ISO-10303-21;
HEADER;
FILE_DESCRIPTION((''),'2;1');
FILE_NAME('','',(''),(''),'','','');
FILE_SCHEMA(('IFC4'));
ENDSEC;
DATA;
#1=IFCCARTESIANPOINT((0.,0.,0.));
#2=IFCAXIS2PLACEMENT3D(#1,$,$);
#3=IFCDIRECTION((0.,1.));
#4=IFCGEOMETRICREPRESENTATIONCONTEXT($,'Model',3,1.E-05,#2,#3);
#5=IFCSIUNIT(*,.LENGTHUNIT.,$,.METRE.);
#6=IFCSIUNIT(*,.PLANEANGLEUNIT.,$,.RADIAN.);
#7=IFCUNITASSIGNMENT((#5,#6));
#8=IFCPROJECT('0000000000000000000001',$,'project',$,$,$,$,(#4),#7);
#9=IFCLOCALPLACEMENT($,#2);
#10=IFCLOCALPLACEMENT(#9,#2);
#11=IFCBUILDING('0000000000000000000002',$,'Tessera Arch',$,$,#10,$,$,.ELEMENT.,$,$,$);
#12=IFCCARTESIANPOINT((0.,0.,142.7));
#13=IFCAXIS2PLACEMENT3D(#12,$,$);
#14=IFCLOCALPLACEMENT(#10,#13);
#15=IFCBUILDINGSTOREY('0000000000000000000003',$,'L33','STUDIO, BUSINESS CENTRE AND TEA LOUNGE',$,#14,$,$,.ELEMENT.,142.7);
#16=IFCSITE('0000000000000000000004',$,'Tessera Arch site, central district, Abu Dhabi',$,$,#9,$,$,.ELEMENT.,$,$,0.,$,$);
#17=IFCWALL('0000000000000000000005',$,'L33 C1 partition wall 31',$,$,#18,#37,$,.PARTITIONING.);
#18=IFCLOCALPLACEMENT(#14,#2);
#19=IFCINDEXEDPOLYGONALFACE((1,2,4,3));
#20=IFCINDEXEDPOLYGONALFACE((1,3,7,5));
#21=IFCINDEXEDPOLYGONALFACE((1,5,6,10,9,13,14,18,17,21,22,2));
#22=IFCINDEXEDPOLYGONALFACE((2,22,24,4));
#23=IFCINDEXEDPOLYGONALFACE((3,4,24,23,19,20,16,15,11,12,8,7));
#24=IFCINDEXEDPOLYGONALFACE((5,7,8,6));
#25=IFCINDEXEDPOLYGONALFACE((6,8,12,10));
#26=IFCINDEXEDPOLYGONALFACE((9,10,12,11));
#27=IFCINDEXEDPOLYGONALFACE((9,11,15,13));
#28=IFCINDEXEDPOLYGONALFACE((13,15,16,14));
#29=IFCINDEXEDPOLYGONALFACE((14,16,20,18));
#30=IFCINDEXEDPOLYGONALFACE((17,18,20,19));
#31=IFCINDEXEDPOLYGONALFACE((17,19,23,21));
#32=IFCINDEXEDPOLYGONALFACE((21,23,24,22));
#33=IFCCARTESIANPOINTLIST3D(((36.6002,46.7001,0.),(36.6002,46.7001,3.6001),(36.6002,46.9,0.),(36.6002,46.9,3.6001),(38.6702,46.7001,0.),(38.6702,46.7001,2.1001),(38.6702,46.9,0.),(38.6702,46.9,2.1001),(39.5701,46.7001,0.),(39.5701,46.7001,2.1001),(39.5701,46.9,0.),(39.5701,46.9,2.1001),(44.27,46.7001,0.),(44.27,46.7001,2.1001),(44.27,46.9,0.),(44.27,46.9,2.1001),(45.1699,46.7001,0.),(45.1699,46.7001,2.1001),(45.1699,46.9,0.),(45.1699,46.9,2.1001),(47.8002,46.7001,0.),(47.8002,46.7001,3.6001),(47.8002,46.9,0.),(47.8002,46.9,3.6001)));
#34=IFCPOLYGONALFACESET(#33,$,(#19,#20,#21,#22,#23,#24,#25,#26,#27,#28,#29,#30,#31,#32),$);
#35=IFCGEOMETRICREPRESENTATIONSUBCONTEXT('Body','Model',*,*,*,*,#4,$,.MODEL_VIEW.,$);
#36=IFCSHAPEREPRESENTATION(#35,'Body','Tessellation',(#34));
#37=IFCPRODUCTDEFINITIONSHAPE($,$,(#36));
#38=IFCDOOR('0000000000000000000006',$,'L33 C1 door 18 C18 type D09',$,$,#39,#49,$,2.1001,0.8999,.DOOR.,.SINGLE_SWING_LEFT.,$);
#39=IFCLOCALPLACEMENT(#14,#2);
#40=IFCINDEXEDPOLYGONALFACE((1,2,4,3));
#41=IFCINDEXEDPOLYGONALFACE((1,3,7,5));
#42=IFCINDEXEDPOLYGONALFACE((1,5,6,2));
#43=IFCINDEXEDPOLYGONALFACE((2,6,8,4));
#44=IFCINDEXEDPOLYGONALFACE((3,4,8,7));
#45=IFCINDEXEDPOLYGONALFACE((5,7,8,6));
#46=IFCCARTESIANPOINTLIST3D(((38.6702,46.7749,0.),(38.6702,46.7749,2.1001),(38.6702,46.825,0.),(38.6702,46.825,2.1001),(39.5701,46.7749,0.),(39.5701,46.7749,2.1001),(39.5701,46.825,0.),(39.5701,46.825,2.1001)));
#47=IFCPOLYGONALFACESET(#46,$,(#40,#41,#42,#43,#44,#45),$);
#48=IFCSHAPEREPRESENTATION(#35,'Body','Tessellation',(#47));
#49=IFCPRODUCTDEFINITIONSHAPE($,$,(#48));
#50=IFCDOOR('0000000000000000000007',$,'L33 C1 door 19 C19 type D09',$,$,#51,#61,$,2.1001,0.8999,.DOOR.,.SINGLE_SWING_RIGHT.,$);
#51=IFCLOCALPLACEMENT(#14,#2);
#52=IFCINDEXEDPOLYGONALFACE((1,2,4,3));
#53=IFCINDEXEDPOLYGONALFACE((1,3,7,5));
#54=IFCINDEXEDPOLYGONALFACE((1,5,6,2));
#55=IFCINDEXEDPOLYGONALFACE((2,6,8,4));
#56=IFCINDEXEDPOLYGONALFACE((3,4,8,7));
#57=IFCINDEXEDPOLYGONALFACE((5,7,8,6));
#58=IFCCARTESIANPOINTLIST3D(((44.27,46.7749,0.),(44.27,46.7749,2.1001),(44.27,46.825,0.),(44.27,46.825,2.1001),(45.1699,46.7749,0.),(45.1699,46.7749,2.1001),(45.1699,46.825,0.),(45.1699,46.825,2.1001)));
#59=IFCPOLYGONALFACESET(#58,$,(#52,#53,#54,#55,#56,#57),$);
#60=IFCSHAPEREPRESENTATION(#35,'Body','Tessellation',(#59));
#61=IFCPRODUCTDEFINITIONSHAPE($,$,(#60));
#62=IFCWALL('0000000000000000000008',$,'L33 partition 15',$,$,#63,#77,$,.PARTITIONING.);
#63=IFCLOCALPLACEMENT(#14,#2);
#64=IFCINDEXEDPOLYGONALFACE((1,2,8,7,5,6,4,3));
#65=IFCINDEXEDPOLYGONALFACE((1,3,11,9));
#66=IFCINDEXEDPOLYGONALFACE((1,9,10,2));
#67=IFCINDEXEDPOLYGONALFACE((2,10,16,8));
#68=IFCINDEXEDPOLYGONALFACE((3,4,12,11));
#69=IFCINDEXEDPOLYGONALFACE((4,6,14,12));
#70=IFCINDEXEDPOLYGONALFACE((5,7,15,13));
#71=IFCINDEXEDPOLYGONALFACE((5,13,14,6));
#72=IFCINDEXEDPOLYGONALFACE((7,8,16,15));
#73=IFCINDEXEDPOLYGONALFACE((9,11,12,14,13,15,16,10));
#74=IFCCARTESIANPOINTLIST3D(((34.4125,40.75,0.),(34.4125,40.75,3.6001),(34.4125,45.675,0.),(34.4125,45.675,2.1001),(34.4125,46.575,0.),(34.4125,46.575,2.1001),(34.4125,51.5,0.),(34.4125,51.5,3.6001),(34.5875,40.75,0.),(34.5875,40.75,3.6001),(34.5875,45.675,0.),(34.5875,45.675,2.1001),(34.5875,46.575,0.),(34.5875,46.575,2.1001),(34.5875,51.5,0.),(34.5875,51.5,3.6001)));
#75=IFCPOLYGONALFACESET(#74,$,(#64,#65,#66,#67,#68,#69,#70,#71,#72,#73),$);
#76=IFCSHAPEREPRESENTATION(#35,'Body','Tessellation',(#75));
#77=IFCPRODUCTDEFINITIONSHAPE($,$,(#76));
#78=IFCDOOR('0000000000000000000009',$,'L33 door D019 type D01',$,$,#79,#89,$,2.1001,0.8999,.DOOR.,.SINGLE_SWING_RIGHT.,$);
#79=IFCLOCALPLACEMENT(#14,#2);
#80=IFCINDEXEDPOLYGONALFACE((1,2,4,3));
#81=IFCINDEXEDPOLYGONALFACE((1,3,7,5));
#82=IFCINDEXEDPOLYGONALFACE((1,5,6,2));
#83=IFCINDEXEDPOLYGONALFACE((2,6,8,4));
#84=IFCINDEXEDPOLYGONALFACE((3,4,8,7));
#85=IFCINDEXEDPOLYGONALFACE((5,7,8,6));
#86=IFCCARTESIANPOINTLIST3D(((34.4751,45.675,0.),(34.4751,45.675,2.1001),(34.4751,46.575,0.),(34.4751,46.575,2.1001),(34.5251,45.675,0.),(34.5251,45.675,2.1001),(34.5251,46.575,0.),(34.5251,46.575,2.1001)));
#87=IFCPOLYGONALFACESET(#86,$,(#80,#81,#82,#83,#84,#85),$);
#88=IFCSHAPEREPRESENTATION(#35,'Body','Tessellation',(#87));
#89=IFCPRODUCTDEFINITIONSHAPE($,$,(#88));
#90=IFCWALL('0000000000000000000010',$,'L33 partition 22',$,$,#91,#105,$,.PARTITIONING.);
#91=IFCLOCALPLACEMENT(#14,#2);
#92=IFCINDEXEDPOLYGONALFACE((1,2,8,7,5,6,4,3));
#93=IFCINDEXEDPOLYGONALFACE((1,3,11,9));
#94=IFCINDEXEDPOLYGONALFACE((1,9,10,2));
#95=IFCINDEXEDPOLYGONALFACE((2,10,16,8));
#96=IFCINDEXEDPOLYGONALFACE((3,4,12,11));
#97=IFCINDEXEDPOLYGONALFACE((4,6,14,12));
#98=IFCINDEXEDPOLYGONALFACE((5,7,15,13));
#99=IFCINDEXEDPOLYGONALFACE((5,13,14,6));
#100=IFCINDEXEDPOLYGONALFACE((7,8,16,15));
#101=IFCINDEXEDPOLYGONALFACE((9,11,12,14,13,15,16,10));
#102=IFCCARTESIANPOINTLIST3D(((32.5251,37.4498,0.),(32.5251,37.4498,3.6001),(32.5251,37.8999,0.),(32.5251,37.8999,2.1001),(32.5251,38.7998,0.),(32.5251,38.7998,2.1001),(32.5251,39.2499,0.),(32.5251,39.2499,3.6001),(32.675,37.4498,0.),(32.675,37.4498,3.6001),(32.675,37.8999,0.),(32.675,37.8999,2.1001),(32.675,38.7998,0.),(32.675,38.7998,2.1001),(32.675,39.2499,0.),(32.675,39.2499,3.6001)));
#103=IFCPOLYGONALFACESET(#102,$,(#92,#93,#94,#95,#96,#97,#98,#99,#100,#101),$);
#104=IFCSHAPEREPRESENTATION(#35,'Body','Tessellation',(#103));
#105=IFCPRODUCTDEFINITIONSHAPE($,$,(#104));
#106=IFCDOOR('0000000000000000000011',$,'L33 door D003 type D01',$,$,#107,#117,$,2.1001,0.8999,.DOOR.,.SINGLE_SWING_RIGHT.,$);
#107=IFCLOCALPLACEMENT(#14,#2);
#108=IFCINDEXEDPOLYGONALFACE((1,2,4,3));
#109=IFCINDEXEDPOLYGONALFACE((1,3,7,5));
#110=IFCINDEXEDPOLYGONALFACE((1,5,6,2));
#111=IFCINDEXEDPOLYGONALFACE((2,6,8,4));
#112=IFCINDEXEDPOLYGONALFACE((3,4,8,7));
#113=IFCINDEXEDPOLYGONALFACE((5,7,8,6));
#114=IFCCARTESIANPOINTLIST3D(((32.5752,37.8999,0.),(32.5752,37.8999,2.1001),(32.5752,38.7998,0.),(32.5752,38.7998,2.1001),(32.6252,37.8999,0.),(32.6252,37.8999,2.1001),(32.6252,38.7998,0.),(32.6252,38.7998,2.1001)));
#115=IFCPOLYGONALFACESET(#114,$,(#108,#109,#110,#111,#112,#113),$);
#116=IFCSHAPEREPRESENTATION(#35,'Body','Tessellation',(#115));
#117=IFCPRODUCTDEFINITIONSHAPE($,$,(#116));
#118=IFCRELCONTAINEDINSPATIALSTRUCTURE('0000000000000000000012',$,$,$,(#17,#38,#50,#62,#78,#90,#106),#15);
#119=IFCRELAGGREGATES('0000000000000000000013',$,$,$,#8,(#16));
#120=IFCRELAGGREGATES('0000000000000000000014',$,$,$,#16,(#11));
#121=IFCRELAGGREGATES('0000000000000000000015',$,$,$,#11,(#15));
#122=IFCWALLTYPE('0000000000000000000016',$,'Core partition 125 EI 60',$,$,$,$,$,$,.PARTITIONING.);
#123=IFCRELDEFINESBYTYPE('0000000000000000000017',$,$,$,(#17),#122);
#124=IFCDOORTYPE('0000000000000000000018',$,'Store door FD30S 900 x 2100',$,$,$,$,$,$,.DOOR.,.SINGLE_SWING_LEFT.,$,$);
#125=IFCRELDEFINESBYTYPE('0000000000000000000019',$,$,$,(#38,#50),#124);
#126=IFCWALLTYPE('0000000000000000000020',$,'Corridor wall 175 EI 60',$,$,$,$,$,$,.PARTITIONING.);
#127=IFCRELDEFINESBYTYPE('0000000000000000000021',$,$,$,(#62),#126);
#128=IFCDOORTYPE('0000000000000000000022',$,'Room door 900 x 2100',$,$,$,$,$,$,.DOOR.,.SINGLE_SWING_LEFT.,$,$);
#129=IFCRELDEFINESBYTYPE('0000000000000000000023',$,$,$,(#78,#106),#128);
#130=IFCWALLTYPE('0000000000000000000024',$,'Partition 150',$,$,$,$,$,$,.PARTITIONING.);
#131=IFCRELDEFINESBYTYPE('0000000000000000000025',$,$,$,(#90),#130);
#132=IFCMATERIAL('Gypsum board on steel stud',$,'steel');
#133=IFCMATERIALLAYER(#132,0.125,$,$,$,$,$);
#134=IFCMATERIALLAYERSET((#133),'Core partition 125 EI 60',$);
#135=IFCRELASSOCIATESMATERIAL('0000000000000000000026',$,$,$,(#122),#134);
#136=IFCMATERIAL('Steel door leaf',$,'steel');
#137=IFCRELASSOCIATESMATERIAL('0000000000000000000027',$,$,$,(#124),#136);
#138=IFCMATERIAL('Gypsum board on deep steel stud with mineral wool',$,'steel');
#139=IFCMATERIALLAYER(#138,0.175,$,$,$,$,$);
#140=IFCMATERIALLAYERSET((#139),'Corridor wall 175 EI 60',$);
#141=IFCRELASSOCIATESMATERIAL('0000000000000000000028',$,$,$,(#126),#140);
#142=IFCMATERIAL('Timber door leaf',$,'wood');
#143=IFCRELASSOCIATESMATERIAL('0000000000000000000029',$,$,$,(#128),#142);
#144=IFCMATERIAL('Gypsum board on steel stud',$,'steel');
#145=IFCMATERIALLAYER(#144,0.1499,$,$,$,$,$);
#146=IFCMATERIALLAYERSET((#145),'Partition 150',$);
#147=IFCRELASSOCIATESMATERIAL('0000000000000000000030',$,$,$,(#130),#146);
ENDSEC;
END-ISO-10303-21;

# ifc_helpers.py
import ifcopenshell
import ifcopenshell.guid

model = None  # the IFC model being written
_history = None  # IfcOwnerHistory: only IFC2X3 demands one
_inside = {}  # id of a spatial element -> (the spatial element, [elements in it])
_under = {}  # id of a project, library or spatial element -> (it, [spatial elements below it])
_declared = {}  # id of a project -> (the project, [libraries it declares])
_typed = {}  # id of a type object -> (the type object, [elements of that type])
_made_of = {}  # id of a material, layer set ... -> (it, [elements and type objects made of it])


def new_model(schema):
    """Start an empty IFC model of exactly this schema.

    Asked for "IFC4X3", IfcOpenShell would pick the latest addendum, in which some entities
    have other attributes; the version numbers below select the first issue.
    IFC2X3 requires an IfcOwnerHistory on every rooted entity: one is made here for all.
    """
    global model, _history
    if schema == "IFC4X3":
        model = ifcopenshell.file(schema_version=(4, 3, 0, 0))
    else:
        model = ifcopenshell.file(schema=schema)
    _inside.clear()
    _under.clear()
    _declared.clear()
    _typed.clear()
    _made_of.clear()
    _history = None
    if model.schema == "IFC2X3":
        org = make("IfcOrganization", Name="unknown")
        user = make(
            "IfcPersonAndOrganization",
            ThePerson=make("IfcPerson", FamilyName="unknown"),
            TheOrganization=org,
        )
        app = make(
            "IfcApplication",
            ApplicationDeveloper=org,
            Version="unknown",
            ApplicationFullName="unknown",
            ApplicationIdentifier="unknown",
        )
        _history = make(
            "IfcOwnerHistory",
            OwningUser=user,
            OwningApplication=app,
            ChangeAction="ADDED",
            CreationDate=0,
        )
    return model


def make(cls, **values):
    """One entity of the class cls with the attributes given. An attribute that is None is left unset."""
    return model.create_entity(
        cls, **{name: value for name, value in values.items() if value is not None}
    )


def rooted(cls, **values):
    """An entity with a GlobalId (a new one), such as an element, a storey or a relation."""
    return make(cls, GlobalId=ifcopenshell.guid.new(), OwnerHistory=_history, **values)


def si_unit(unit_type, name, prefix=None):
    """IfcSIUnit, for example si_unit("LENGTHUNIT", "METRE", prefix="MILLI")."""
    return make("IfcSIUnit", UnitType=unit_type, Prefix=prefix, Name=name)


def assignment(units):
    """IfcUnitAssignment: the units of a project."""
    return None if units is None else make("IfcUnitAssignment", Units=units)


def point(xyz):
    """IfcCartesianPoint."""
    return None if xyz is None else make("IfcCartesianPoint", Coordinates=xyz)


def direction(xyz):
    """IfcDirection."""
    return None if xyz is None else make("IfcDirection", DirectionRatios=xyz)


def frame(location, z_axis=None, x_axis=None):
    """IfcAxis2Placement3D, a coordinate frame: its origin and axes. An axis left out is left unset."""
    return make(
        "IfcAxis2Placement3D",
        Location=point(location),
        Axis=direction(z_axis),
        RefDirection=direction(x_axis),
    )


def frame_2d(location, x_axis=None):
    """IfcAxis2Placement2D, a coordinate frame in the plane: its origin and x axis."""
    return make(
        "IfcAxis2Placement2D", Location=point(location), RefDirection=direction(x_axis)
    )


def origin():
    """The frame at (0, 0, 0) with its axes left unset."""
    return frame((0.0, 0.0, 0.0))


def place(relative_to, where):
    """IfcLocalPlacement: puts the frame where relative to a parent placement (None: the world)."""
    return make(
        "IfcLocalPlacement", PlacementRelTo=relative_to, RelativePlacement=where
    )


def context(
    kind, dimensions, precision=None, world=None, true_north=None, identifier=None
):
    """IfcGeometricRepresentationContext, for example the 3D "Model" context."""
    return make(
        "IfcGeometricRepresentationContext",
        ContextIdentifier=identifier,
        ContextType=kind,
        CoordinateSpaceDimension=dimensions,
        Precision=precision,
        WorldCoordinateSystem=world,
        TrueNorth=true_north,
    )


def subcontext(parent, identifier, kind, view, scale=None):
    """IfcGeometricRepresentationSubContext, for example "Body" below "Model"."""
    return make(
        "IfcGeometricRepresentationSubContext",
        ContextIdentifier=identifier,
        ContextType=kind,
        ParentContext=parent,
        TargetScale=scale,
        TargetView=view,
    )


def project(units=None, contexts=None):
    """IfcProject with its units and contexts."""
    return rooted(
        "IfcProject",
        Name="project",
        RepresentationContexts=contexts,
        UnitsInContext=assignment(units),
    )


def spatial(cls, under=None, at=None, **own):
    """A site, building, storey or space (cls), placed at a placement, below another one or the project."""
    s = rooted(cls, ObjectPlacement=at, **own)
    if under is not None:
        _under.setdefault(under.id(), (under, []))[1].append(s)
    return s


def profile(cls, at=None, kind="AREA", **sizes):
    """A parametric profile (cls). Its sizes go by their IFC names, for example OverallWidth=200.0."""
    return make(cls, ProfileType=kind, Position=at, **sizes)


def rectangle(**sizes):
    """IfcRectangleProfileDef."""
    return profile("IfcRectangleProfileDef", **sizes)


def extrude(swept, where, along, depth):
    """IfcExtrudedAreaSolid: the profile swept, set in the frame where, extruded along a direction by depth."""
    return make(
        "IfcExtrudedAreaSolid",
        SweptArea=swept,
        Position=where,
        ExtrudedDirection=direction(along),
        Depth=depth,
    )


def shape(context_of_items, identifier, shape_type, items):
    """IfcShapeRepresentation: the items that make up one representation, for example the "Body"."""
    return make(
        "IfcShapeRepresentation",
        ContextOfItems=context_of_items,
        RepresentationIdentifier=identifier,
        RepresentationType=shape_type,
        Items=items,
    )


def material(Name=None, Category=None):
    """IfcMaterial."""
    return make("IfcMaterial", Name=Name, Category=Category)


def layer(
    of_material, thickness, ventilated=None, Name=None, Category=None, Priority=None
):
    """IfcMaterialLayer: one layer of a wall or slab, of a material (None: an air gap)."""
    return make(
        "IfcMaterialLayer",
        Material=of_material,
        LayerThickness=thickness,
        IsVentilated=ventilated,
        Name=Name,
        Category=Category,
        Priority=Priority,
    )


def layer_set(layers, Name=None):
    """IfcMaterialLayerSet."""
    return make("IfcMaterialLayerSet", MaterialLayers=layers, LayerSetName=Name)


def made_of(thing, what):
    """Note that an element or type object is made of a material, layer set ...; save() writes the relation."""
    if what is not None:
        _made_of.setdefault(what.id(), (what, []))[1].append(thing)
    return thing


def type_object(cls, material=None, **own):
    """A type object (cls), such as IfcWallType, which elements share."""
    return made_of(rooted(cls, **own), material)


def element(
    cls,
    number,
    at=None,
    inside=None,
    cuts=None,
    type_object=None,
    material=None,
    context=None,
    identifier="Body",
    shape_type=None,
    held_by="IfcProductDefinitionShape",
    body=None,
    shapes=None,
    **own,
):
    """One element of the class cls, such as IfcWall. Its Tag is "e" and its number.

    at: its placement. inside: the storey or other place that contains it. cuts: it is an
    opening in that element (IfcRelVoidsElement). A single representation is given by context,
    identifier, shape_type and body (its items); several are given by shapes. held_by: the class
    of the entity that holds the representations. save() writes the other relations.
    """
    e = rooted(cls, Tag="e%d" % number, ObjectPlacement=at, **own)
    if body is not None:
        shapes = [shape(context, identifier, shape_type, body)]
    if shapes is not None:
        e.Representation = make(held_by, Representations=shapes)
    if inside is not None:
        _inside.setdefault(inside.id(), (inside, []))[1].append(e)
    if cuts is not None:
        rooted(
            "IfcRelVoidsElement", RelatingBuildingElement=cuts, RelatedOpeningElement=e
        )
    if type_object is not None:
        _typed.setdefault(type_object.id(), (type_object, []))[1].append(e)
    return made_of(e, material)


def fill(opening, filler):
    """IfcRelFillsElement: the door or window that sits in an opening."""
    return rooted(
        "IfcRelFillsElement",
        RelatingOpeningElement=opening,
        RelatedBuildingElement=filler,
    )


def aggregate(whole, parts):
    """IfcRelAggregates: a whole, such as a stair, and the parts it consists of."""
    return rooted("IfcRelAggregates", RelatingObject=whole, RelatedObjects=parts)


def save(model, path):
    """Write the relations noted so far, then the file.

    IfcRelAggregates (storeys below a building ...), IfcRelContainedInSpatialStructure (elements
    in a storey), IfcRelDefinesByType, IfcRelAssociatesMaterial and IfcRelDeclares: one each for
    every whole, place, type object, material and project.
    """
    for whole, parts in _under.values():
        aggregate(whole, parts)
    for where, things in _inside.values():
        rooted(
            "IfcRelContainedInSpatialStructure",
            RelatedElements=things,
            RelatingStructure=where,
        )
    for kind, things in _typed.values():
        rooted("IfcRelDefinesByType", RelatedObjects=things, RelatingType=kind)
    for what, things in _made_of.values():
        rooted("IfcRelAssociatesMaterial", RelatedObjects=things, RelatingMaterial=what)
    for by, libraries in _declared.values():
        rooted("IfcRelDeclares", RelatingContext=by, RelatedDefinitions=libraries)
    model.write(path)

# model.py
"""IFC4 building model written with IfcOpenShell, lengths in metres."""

from ifc_helpers import new_model, si_unit, direction, frame, frame_2d, origin, place, context, subcontext, project, spatial, rectangle, extrude, material, layer, layer_set, type_object, element, fill, save


model = new_model("IFC4")

# Units and contexts
model_context = context("Model", 3, precision=1e-05, world=origin(), true_north=direction((0.0, 1.0)))
body_context = subcontext(model_context, "Body", "Model", "MODEL_VIEW")
ifc_project = project(units=[si_unit("LENGTHUNIT", "METRE"), si_unit("PLANEANGLEUNIT", "RADIAN")], contexts=[model_context])

# Site, building, storey
site_placement = place(None, origin())
site = spatial("IfcSite", under=ifc_project, at=site_placement, Name="Tessera Arch site, central district, Abu Dhabi", CompositionType="ELEMENT", RefElevation=0.0)
building_placement = place(site_placement, origin())
building = spatial("IfcBuilding", under=site, at=building_placement, Name="Tessera Arch", CompositionType="ELEMENT")
storey_placement = place(building_placement, frame((0.0, 0.0, 142.7)))
storey = spatial("IfcBuildingStorey", under=building, at=storey_placement, Name="L33", Description="STUDIO, BUSINESS CENTRE AND TEA LOUNGE", CompositionType="ELEMENT", Elevation=142.7)

# Wall, openings, doors
ifc_material_1 = material(Name="Gypsum board on steel stud", Category="steel")
ifc_layer_1 = layer(ifc_material_1, 0.125)
ifc_layer_set_1 = layer_set([ifc_layer_1], Name="Core partition 125 EI 60")
wall_type_1 = type_object("IfcWallType", Name="Core partition 125 EI 60", PredefinedType="PARTITIONING", material=ifc_layer_set_1)
wall_1_placement = place(storey_placement, frame((36.6001, 46.8, 0.0), z_axis=(0.0, 0.0, 1.0), x_axis=(1.0, 0.0, 0.0)))
wall_1 = element("IfcWall", 1, at=wall_1_placement, inside=storey, type_object=wall_type_1, Name="L33 C1 partition wall 31", PredefinedType="PARTITIONING", context=body_context, shape_type="SweptSolid", body=[
    extrude(rectangle(XDim=11.2, YDim=0.2, at=frame_2d((5.6001, 0.0))), origin(), (0.0, 0.0, 1.0), 3.6001),
])
opening_1_placement = place(wall_1_placement, frame((2.0701, 0.0, 0.0)))
opening_1 = element("IfcOpeningElement", 2, at=opening_1_placement, cuts=wall_1, PredefinedType="OPENING", context=body_context, shape_type="SweptSolid", body=[
    extrude(rectangle(XDim=0.8999, YDim=2.1001, at=frame_2d((0.45, 1.05))), frame((0.0, 0.1099, 0.0), z_axis=(0.0, -1.0, 0.0), x_axis=(1.0, 0.0, 0.0)), (0.0, 0.0, 1.0), 0.22),
])
opening_2_placement = place(wall_1_placement, frame((7.6699, 0.0, 0.0)))
opening_2 = element("IfcOpeningElement", 3, at=opening_2_placement, cuts=wall_1, PredefinedType="OPENING", context=body_context, shape_type="SweptSolid", body=[
    extrude(rectangle(XDim=0.8999, YDim=2.1001, at=frame_2d((0.45, 1.05))), frame((0.0, 0.1099, 0.0), z_axis=(0.0, -1.0, 0.0), x_axis=(1.0, 0.0, 0.0)), (0.0, 0.0, 1.0), 0.22),
])
ifc_material_2 = material(Name="Steel door leaf", Category="steel")
door_type_1 = type_object("IfcDoorType", Name="Store door FD30S 900 x 2100", OperationType="SINGLE_SWING_LEFT", PredefinedType="DOOR", material=ifc_material_2)
door_1_placement = place(opening_1_placement, origin())
door_1 = element("IfcDoor", 4, at=door_1_placement, inside=storey, type_object=door_type_1, Name="L33 C1 door 18 C18 type D09", OperationType="SINGLE_SWING_LEFT", OverallHeight=2.1001, OverallWidth=0.8999, PredefinedType="DOOR", context=body_context, shape_type="SweptSolid", body=[
    extrude(rectangle(XDim=0.8999, YDim=2.1001, at=frame_2d((0.45, 1.05))), frame((0.0, 0.0249, 0.0), z_axis=(0.0, -1.0, 0.0), x_axis=(1.0, 0.0, 0.0)), (0.0, 0.0, 1.0), 0.05),
])
fill(opening_1, door_1)
door_2_placement = place(opening_2_placement, origin())
door_2 = element("IfcDoor", 5, at=door_2_placement, inside=storey, type_object=door_type_1, Name="L33 C1 door 19 C19 type D09", OperationType="SINGLE_SWING_RIGHT", OverallHeight=2.1001, OverallWidth=0.8999, PredefinedType="DOOR", context=body_context, shape_type="SweptSolid", body=[
    extrude(rectangle(XDim=0.8999, YDim=2.1001, at=frame_2d((0.45, 1.05))), frame((0.0, 0.0249, 0.0), z_axis=(0.0, -1.0, 0.0), x_axis=(1.0, 0.0, 0.0)), (0.0, 0.0, 1.0), 0.05),
])
fill(opening_2, door_2)

# Walls, openings, doors
ifc_material_3 = material(Name="Gypsum board on deep steel stud with mineral wool", Category="steel")
ifc_layer_2 = layer(ifc_material_3, 0.175)
ifc_layer_set_2 = layer_set([ifc_layer_2], Name="Corridor wall 175 EI 60")
wall_type_2 = type_object("IfcWallType", Name="Corridor wall 175 EI 60", PredefinedType="PARTITIONING", material=ifc_layer_set_2)
wall_2_placement = place(storey_placement, frame((34.5, 40.75, 0.0), z_axis=(0.0, 0.0, 1.0), x_axis=(0.0, 1.0, 0.0)))
wall_2 = element("IfcWall", 6, at=wall_2_placement, inside=storey, type_object=wall_type_2, Name="L33 partition 15", PredefinedType="PARTITIONING", context=body_context, shape_type="SweptSolid", body=[
    extrude(rectangle(XDim=10.75, YDim=0.175, at=frame_2d((5.375, 0.0))), origin(), (0.0, 0.0, 1.0), 3.6001),
])
opening_3_placement = place(wall_2_placement, frame((4.925, 0.0, 0.0)))
opening_3 = element("IfcOpeningElement", 7, at=opening_3_placement, cuts=wall_2, PredefinedType="OPENING", context=body_context, shape_type="SweptSolid", body=[
    extrude(rectangle(XDim=0.8999, YDim=2.1001, at=frame_2d((0.45, 1.05))), frame((0.0, 0.0974, 0.0), z_axis=(0.0, -1.0, 0.0), x_axis=(1.0, 0.0, 0.0)), (0.0, 0.0, 1.0), 0.1951),
])
ifc_material_4 = material(Name="Timber door leaf", Category="wood")
door_type_2 = type_object("IfcDoorType", Name="Room door 900 x 2100", OperationType="SINGLE_SWING_LEFT", PredefinedType="DOOR", material=ifc_material_4)
door_3_placement = place(opening_3_placement, origin())
door_3 = element("IfcDoor", 8, at=door_3_placement, inside=storey, type_object=door_type_2, Name="L33 door D019 type D01", OperationType="SINGLE_SWING_RIGHT", OverallHeight=2.1001, OverallWidth=0.8999, PredefinedType="DOOR", context=body_context, shape_type="SweptSolid", body=[
    extrude(rectangle(XDim=0.8999, YDim=2.1001, at=frame_2d((0.45, 1.05))), frame((0.0, 0.0249, 0.0), z_axis=(0.0, -1.0, 0.0), x_axis=(1.0, 0.0, 0.0)), (0.0, 0.0, 1.0), 0.05),
])
fill(opening_3, door_3)
ifc_material_5 = material(Name="Gypsum board on steel stud", Category="steel")
ifc_layer_3 = layer(ifc_material_5, 0.1499)
ifc_layer_set_3 = layer_set([ifc_layer_3], Name="Partition 150")
wall_type_3 = type_object("IfcWallType", Name="Partition 150", PredefinedType="PARTITIONING", material=ifc_layer_set_3)
wall_3_placement = place(storey_placement, frame((32.6001, 37.45, 0.0), z_axis=(0.0, 0.0, 1.0), x_axis=(0.0, 1.0, 0.0)))
wall_3 = element("IfcWall", 9, at=wall_3_placement, inside=storey, type_object=wall_type_3, Name="L33 partition 22", PredefinedType="PARTITIONING", context=body_context, shape_type="SweptSolid", body=[
    extrude(rectangle(XDim=1.8, YDim=0.1499, at=frame_2d((0.8999, 0.0))), origin(), (0.0, 0.0, 1.0), 3.6001),
])
opening_4_placement = place(wall_3_placement, frame((0.45, 0.0, 0.0)))
opening_4 = element("IfcOpeningElement", 10, at=opening_4_placement, cuts=wall_3, PredefinedType="OPENING", context=body_context, shape_type="SweptSolid", body=[
    extrude(rectangle(XDim=0.8999, YDim=2.1001, at=frame_2d((0.45, 1.05))), frame((0.0, 0.085, 0.0), z_axis=(0.0, -1.0, 0.0), x_axis=(1.0, 0.0, 0.0)), (0.0, 0.0, 1.0), 0.1699),
])
door_4_placement = place(opening_4_placement, origin())
door_4 = element("IfcDoor", 11, at=door_4_placement, inside=storey, type_object=door_type_2, Name="L33 door D003 type D01", OperationType="SINGLE_SWING_RIGHT", OverallHeight=2.1001, OverallWidth=0.8999, PredefinedType="DOOR", context=body_context, shape_type="SweptSolid", body=[
    extrude(rectangle(XDim=0.8999, YDim=2.1001, at=frame_2d((0.45, 1.05))), frame((0.0, 0.0249, 0.0), z_axis=(0.0, -1.0, 0.0), x_axis=(1.0, 0.0, 0.0)), (0.0, 0.0, 1.0), 0.05),
])
fill(opening_4, door_4)

save(model, "model.ifc")
